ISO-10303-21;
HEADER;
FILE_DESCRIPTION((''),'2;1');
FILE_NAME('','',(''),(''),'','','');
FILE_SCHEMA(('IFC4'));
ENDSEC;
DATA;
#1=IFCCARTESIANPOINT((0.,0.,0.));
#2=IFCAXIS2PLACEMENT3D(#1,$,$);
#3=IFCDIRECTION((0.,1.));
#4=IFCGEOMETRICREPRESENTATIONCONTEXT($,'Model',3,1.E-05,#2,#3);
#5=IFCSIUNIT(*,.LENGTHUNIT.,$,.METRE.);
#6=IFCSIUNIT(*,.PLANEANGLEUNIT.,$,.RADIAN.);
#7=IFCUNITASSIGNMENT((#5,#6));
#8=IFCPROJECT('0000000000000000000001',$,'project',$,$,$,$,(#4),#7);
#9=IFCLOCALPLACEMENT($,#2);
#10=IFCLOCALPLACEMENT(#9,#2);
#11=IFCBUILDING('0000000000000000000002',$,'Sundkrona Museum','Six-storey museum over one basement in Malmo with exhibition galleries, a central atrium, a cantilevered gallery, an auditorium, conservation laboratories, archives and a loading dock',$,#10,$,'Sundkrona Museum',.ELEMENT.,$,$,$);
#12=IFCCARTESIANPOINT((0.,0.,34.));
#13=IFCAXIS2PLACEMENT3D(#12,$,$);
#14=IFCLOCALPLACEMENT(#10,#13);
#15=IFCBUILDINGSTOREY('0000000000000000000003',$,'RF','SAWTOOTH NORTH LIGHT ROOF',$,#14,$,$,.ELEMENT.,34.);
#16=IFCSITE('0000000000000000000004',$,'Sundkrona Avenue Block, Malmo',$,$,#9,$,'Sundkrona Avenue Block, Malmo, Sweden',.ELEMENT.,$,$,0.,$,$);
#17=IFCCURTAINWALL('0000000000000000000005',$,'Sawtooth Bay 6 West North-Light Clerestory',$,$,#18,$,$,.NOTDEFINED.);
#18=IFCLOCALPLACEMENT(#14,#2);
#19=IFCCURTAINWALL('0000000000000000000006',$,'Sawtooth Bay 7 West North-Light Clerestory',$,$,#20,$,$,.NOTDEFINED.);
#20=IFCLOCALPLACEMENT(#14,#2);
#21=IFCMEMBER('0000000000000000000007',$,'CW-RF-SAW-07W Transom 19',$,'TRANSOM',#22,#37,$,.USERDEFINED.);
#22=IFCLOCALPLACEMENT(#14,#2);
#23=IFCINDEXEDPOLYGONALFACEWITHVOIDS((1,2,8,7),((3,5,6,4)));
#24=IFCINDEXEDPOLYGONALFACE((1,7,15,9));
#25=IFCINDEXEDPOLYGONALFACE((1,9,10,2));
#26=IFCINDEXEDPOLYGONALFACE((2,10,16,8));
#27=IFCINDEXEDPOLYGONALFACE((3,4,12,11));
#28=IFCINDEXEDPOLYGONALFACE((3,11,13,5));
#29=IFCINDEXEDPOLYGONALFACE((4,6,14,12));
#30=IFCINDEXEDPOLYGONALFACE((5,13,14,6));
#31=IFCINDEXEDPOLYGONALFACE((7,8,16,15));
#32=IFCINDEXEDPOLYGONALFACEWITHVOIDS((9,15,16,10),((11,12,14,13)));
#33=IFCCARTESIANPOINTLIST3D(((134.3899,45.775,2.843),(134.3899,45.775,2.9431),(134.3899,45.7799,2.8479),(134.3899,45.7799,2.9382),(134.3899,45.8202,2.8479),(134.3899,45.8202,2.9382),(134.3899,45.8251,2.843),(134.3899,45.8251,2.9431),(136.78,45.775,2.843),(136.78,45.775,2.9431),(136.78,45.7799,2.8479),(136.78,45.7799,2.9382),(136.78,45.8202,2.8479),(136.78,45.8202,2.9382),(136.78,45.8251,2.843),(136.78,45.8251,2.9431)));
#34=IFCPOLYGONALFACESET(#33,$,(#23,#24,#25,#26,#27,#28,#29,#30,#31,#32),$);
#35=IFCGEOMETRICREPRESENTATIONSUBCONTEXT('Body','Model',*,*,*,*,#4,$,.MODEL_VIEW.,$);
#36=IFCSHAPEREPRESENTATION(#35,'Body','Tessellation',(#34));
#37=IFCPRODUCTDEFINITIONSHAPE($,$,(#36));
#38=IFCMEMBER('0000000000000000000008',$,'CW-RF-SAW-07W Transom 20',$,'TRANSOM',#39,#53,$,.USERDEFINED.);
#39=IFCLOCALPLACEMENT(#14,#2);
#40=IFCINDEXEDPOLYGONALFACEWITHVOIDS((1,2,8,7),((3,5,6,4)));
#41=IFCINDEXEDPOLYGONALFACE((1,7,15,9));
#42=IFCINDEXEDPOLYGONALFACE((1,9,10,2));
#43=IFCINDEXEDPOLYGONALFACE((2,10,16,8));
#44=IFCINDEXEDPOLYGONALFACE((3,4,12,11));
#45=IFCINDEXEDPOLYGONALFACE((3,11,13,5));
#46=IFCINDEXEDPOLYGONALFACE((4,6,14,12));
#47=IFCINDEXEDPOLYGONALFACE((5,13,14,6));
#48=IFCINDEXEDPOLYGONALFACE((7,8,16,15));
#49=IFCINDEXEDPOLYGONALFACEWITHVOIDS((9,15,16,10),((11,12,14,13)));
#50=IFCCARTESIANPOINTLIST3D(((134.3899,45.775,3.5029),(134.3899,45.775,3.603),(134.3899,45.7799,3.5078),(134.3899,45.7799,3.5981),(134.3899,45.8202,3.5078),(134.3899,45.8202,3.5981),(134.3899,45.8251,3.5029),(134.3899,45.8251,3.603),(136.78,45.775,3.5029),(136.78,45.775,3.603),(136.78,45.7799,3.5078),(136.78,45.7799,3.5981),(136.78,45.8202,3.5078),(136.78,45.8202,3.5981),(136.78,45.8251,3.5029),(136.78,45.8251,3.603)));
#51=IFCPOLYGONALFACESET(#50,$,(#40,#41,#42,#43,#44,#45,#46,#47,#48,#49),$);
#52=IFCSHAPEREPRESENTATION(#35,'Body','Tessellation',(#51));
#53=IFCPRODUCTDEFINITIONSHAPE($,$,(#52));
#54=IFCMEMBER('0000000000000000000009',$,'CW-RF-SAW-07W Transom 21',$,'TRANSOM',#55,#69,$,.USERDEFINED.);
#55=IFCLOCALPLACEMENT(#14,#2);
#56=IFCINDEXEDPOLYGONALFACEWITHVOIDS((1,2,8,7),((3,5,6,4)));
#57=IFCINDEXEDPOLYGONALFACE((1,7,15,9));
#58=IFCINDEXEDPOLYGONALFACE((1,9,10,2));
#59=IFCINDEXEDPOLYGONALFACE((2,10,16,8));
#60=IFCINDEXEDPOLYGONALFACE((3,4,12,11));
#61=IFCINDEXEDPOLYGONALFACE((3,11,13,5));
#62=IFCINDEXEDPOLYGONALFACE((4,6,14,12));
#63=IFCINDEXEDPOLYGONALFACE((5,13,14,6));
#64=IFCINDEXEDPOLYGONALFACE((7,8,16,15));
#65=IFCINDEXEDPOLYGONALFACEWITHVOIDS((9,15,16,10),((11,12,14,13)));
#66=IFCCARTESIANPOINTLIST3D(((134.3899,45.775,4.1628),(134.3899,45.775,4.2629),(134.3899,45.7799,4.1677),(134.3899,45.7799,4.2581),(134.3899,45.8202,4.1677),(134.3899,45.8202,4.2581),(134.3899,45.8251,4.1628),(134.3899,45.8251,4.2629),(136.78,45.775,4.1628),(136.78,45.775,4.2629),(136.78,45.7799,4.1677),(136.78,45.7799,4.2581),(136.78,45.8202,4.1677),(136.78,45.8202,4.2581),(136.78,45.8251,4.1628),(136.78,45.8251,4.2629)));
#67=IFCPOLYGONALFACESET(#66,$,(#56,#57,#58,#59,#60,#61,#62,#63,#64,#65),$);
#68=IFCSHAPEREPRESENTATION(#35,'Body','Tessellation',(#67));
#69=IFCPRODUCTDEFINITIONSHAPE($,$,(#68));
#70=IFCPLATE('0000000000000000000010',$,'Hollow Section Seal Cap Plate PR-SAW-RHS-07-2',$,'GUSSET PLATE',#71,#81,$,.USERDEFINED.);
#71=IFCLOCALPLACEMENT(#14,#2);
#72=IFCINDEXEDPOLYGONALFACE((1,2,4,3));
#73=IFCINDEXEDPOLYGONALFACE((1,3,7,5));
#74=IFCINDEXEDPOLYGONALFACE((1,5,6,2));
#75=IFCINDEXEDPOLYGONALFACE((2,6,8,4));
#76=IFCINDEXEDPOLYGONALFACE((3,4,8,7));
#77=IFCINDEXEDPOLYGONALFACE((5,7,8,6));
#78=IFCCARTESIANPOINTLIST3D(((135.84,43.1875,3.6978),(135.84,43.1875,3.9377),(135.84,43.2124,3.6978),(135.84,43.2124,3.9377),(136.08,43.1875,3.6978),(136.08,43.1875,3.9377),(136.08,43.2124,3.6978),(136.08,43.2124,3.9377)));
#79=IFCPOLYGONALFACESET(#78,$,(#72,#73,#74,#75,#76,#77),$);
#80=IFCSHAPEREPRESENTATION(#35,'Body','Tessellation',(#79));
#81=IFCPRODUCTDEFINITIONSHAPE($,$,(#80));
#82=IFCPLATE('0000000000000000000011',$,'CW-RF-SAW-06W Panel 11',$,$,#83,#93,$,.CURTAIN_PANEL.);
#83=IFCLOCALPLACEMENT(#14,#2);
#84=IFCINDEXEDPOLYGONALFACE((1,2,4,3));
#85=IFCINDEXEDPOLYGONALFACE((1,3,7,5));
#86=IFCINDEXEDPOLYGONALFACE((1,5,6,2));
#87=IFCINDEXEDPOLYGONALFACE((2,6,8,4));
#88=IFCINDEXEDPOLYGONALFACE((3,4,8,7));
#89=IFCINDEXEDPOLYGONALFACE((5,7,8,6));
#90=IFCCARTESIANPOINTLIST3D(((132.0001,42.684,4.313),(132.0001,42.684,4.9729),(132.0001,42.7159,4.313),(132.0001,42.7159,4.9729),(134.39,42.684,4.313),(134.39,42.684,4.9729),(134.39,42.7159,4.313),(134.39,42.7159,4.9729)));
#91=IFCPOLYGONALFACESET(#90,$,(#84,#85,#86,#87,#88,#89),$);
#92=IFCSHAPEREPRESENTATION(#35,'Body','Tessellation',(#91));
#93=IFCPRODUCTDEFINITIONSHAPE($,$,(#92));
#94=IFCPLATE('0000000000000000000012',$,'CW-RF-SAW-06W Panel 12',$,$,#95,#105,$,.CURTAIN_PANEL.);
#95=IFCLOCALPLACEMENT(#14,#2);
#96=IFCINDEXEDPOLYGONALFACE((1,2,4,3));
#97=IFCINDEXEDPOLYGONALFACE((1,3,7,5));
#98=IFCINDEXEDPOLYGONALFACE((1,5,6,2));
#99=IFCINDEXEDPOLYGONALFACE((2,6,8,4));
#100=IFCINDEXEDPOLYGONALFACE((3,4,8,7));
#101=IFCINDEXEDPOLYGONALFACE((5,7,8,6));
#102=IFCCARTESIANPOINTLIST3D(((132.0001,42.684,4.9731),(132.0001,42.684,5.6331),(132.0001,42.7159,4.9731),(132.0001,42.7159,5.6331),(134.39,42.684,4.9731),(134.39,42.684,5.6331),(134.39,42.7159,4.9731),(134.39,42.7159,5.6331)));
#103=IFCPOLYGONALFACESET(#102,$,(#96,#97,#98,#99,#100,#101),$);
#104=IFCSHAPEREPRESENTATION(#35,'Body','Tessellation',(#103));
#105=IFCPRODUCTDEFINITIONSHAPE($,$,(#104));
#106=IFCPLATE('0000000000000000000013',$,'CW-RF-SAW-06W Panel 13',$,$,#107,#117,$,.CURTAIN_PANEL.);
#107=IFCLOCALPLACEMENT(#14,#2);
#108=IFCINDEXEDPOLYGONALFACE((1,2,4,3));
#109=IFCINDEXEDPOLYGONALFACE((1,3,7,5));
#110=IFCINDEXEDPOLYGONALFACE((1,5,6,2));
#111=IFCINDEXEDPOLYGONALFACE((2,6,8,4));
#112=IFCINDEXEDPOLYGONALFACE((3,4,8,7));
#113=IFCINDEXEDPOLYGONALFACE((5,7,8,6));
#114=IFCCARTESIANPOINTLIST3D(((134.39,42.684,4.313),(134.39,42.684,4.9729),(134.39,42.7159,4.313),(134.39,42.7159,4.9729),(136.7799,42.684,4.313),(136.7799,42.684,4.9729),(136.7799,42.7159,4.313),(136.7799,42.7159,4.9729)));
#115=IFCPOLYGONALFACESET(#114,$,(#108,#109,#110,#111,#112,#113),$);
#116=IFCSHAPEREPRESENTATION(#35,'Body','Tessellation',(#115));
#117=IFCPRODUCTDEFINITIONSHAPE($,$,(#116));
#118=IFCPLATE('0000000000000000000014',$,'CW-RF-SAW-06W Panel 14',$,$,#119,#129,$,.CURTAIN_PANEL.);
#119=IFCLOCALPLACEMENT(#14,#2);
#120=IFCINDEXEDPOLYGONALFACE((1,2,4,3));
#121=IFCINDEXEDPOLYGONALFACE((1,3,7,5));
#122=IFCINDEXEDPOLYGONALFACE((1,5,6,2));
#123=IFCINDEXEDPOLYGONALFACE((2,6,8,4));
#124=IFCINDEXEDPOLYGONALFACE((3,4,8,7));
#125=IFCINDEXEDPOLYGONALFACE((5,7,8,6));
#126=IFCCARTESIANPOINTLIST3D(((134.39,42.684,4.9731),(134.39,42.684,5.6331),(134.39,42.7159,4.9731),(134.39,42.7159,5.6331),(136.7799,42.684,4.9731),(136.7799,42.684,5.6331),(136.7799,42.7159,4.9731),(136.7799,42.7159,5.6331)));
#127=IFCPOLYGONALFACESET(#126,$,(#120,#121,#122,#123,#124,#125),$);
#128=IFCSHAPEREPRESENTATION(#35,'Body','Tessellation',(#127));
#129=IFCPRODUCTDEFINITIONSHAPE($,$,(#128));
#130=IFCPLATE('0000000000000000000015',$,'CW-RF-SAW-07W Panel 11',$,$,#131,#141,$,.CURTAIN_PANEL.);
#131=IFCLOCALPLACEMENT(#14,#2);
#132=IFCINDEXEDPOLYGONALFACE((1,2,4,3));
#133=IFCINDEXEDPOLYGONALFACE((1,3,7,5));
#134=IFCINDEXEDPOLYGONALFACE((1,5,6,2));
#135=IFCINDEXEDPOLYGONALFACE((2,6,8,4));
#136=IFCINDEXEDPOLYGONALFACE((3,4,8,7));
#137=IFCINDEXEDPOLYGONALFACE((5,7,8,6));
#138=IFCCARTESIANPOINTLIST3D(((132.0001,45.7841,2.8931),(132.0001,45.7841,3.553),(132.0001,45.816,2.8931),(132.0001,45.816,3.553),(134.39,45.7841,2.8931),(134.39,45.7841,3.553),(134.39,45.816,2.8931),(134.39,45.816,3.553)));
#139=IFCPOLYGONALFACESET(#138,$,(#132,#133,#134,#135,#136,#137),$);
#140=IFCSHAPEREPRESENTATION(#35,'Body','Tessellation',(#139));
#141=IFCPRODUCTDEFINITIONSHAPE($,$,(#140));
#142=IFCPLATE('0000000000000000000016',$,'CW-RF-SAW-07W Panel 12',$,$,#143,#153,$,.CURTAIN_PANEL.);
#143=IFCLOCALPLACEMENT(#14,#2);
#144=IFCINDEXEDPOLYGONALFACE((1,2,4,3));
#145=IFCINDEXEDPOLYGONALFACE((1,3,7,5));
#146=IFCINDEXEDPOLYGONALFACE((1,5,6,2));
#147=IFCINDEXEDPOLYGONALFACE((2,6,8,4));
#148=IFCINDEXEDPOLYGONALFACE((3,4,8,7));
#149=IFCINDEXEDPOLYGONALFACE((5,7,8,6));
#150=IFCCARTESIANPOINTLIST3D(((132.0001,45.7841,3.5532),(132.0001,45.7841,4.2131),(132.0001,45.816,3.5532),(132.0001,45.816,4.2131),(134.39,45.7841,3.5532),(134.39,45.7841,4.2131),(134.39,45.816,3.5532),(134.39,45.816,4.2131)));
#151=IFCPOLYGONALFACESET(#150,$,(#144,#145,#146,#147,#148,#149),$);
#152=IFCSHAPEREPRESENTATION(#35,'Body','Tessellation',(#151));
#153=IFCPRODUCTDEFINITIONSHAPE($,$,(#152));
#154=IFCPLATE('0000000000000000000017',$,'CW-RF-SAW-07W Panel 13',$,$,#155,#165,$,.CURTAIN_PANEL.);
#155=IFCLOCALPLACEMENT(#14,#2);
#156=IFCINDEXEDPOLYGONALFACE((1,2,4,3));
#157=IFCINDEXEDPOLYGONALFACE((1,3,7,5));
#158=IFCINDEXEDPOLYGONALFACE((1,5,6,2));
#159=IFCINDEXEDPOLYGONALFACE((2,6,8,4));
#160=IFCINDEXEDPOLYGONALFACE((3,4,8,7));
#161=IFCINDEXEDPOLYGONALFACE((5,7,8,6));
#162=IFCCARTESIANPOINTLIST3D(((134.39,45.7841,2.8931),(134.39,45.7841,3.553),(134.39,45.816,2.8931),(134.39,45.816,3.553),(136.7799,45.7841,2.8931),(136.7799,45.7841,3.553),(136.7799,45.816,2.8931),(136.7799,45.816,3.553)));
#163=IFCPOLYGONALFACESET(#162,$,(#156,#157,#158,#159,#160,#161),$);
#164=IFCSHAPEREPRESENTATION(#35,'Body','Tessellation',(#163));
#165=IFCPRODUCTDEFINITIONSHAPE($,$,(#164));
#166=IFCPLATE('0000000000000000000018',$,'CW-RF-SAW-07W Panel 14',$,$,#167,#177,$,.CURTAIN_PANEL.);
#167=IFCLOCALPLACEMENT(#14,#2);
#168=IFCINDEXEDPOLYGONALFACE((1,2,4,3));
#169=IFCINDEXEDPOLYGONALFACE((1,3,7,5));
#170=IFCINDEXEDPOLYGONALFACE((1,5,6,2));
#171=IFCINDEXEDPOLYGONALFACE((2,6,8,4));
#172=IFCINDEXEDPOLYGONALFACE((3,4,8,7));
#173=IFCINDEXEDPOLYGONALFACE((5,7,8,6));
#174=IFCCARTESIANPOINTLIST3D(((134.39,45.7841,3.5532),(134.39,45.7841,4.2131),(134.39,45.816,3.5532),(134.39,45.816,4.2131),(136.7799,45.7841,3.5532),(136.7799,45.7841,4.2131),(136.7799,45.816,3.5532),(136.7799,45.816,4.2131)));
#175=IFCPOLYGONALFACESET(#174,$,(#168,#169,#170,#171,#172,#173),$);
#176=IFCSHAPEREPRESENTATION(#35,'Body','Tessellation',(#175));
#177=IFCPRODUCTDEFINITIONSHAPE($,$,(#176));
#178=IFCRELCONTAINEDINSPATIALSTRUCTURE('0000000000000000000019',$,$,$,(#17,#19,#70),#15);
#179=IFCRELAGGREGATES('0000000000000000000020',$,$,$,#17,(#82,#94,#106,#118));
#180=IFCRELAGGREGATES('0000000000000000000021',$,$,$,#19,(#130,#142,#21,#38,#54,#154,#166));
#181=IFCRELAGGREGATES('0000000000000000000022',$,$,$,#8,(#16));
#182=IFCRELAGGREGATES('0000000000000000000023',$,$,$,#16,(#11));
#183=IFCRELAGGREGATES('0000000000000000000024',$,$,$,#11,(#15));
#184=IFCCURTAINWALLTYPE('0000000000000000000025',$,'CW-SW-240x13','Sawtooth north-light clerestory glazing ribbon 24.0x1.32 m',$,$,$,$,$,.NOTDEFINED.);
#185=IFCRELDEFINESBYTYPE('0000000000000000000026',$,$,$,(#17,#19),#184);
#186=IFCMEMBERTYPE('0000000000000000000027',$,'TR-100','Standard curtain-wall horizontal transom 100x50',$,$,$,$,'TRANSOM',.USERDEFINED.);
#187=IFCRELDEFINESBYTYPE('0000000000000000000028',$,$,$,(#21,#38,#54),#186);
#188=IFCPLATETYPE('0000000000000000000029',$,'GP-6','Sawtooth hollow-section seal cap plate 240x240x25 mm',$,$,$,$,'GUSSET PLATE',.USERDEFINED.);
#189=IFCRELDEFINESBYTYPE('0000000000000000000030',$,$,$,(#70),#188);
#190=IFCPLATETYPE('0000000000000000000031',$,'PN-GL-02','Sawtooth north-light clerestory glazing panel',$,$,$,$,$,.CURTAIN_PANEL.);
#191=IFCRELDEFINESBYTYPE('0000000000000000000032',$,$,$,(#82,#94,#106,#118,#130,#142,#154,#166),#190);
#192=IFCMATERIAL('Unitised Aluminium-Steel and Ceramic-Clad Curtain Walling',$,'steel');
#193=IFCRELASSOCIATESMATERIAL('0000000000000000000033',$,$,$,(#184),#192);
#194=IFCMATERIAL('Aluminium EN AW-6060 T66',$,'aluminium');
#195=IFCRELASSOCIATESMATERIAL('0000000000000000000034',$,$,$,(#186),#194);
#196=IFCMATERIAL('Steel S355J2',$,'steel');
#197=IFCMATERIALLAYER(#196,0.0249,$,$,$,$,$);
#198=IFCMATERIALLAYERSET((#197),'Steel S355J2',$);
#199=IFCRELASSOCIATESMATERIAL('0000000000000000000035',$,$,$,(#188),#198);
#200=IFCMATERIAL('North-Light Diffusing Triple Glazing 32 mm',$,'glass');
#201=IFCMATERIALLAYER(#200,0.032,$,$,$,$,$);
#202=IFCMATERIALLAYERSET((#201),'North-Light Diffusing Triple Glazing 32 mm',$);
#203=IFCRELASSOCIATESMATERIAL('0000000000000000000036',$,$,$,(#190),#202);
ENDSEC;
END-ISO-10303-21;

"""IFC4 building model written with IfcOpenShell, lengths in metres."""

from ifc_helpers import new_model, si_unit, direction, frame, origin, origin_2d, place, context, subcontext, project, spatial, rectangle, hollow_rectangle, extrude, material, layer, layer_set, material_profile, profile_set, type_object, element, aggregate, save


model = new_model("IFC4")

# Units and contexts
model_context = context("Model", 3, precision=1e-05, world=origin(), true_north=direction((0.0, 1.0)))
body_context = subcontext(model_context, "Body", "Model", "MODEL_VIEW")
ifc_project = project(units=[si_unit("LENGTHUNIT", "METRE"), si_unit("PLANEANGLEUNIT", "RADIAN")], contexts=[model_context])

# Site, building, storey
site_placement = place(None, origin())
site = spatial("IfcSite", under=ifc_project, at=site_placement, Name="Sundkrona Avenue Block, Malmo", LongName="Sundkrona Avenue Block, Malmo, Sweden", CompositionType="ELEMENT", RefElevation=0.0)
building_placement = place(site_placement, origin())
building = spatial("IfcBuilding", under=site, at=building_placement, Name="Sundkrona Museum", Description="Six-storey museum over one basement in Malmo with exhibition galleries, a central atrium, a cantilevered gallery, an auditorium, conservation laboratories, archives and a loading dock", LongName="Sundkrona Museum", CompositionType="ELEMENT")
storey_placement = place(building_placement, frame((0.0, 0.0, 34.0)))
storey = spatial("IfcBuildingStorey", under=building, at=storey_placement, Name="RF", Description="SAWTOOTH NORTH LIGHT ROOF", CompositionType="ELEMENT", Elevation=34.0)

# Curtain wall
ifc_material_1 = material(Name="Unitised Aluminium-Steel and Ceramic-Clad Curtain Walling", Category="steel")
curtain_wall_type = type_object("IfcCurtainWallType", Name="CW-SW-240x13", Description="Sawtooth north-light clerestory glazing ribbon 24.0x1.32 m", PredefinedType="NOTDEFINED", material=ifc_material_1)
curtain_wall_1_placement = place(storey_placement, origin())
curtain_wall_1 = element("IfcCurtainWall", 1, at=curtain_wall_1_placement, inside=storey, type_object=curtain_wall_type, Name="Sawtooth Bay 6 West North-Light Clerestory", PredefinedType="NOTDEFINED")
ifc_material_2 = material(Name="Aluminium EN AW-6060 T66", Category="aluminium")

# Curtain wall
curtain_wall_2_placement = place(storey_placement, origin())
curtain_wall_2 = element("IfcCurtainWall", 2, at=curtain_wall_2_placement, inside=storey, type_object=curtain_wall_type, Name="Sawtooth Bay 7 West North-Light Clerestory", PredefinedType="NOTDEFINED")

# Members
ifc_material_profile_1 = material_profile(ifc_material_2, hollow_rectangle(XDim=0.05, YDim=0.1001, WallThickness=0.0049, at=origin_2d()), Name="RHS 100x50x5.0")
ifc_profile_set_1 = profile_set([ifc_material_profile_1], Name="Aluminium EN AW-6060 T66")
member_type_1 = type_object("IfcMemberType", Name="TR-100", Description="Standard curtain-wall horizontal transom 100x50", ElementType="TRANSOM", PredefinedType="USERDEFINED", material=ifc_profile_set_1)
member_1_placement = place(storey_placement, frame((134.3899, 45.8, 2.8931), z_axis=(1.0, 0.0, 0.0), x_axis=(0.0, 1.0, 0.0)))
member_1 = element("IfcMember", 3, at=member_1_placement, type_object=member_type_1, Name="CW-RF-SAW-07W Transom 19", ObjectType="TRANSOM", PredefinedType="USERDEFINED", context=body_context, shape_type="SweptSolid", body=[
    extrude(hollow_rectangle(XDim=0.05, YDim=0.1001, WallThickness=0.0049, at=origin_2d()), origin(), (0.0, 0.0, 1.0), 2.3901),
])
member_2_placement = place(storey_placement, frame((134.3899, 45.8, 3.553), z_axis=(1.0, 0.0, 0.0), x_axis=(0.0, 1.0, 0.0)))
member_2 = element("IfcMember", 4, at=member_2_placement, type_object=member_type_1, Name="CW-RF-SAW-07W Transom 20", ObjectType="TRANSOM", PredefinedType="USERDEFINED", context=body_context, shape_type="SweptSolid", body=[
    extrude(hollow_rectangle(XDim=0.05, YDim=0.1001, WallThickness=0.0049, at=origin_2d()), origin(), (0.0, 0.0, 1.0), 2.3901),
])
member_3_placement = place(storey_placement, frame((134.3899, 45.8, 4.2129), z_axis=(1.0, 0.0, 0.0), x_axis=(0.0, 1.0, 0.0)))
member_3 = element("IfcMember", 5, at=member_3_placement, type_object=member_type_1, Name="CW-RF-SAW-07W Transom 21", ObjectType="TRANSOM", PredefinedType="USERDEFINED", context=body_context, shape_type="SweptSolid", body=[
    extrude(hollow_rectangle(XDim=0.05, YDim=0.1001, WallThickness=0.0049, at=origin_2d()), origin(), (0.0, 0.0, 1.0), 2.3901),
])

# Plates
ifc_material_3 = material(Name="Steel S355J2", Category="steel")
ifc_layer_1 = layer(ifc_material_3, 0.0249)
ifc_layer_set_1 = layer_set([ifc_layer_1], Name="Steel S355J2")
plate_type_1 = type_object("IfcPlateType", Name="GP-6", Description="Sawtooth hollow-section seal cap plate 240x240x25 mm", ElementType="GUSSET PLATE", PredefinedType="USERDEFINED", material=ifc_layer_set_1)
plate_1_placement = place(storey_placement, frame((135.96, 43.2, 3.6978), z_axis=(0.0, 0.0, 1.0), x_axis=(1.0, 0.0, 0.0)))
element("IfcPlate", 6, at=plate_1_placement, inside=storey, type_object=plate_type_1, Name="Hollow Section Seal Cap Plate PR-SAW-RHS-07-2", ObjectType="GUSSET PLATE", PredefinedType="USERDEFINED", context=body_context, shape_type="SweptSolid", body=[
    extrude(rectangle(XDim=0.24, YDim=0.0249, at=origin_2d()), origin(), (0.0, 0.0, 1.0), 0.24),
])
ifc_material_4 = material(Name="North-Light Diffusing Triple Glazing 32 mm", Category="glass")
ifc_layer_2 = layer(ifc_material_4, 0.032)
ifc_layer_set_2 = layer_set([ifc_layer_2], Name="North-Light Diffusing Triple Glazing 32 mm")
plate_type_2 = type_object("IfcPlateType", Name="PN-GL-02", Description="Sawtooth north-light clerestory glazing panel", PredefinedType="CURTAIN_PANEL", material=ifc_layer_set_2)
plate_2_placement = place(storey_placement, frame((133.1951, 42.7, 4.313), z_axis=(0.0, 0.0, 1.0), x_axis=(1.0, 0.0, 0.0)))
plate_2 = element("IfcPlate", 7, at=plate_2_placement, type_object=plate_type_2, Name="CW-RF-SAW-06W Panel 11", PredefinedType="CURTAIN_PANEL", context=body_context, shape_type="SweptSolid", body=[
    extrude(rectangle(XDim=2.3899, YDim=0.032, at=origin_2d()), origin(), (0.0, 0.0, 1.0), 0.6599),
])
plate_3_placement = place(storey_placement, frame((133.1951, 42.7, 4.9731), z_axis=(0.0, 0.0, 1.0), x_axis=(1.0, 0.0, 0.0)))
plate_3 = element("IfcPlate", 8, at=plate_3_placement, type_object=plate_type_2, Name="CW-RF-SAW-06W Panel 12", PredefinedType="CURTAIN_PANEL", context=body_context, shape_type="SweptSolid", body=[
    extrude(rectangle(XDim=2.3899, YDim=0.032, at=origin_2d()), origin(), (0.0, 0.0, 1.0), 0.6599),
])
plate_4_placement = place(storey_placement, frame((135.585, 42.7, 4.313), z_axis=(0.0, 0.0, 1.0), x_axis=(1.0, 0.0, 0.0)))
plate_4 = element("IfcPlate", 9, at=plate_4_placement, type_object=plate_type_2, Name="CW-RF-SAW-06W Panel 13", PredefinedType="CURTAIN_PANEL", context=body_context, shape_type="SweptSolid", body=[
    extrude(rectangle(XDim=2.3899, YDim=0.032, at=origin_2d()), origin(), (0.0, 0.0, 1.0), 0.6599),
])
plate_5_placement = place(storey_placement, frame((135.585, 42.7, 4.9731), z_axis=(0.0, 0.0, 1.0), x_axis=(1.0, 0.0, 0.0)))
plate_5 = element("IfcPlate", 10, at=plate_5_placement, type_object=plate_type_2, Name="CW-RF-SAW-06W Panel 14", PredefinedType="CURTAIN_PANEL", context=body_context, shape_type="SweptSolid", body=[
    extrude(rectangle(XDim=2.3899, YDim=0.032, at=origin_2d()), origin(), (0.0, 0.0, 1.0), 0.6599),
])
aggregate(curtain_wall_1, [plate_2, plate_3, plate_4, plate_5])
plate_6_placement = place(storey_placement, frame((133.1951, 45.8, 2.8931), z_axis=(0.0, 0.0, 1.0), x_axis=(1.0, 0.0, 0.0)))
plate_6 = element("IfcPlate", 11, at=plate_6_placement, type_object=plate_type_2, Name="CW-RF-SAW-07W Panel 11", PredefinedType="CURTAIN_PANEL", context=body_context, shape_type="SweptSolid", body=[
    extrude(rectangle(XDim=2.3899, YDim=0.032, at=origin_2d()), origin(), (0.0, 0.0, 1.0), 0.6599),
])
plate_7_placement = place(storey_placement, frame((133.1951, 45.8, 3.5532), z_axis=(0.0, 0.0, 1.0), x_axis=(1.0, 0.0, 0.0)))
plate_7 = element("IfcPlate", 12, at=plate_7_placement, type_object=plate_type_2, Name="CW-RF-SAW-07W Panel 12", PredefinedType="CURTAIN_PANEL", context=body_context, shape_type="SweptSolid", body=[
    extrude(rectangle(XDim=2.3899, YDim=0.032, at=origin_2d()), origin(), (0.0, 0.0, 1.0), 0.6599),
])
plate_8_placement = place(storey_placement, frame((135.585, 45.8, 2.8931), z_axis=(0.0, 0.0, 1.0), x_axis=(1.0, 0.0, 0.0)))
plate_8 = element("IfcPlate", 13, at=plate_8_placement, type_object=plate_type_2, Name="CW-RF-SAW-07W Panel 13", PredefinedType="CURTAIN_PANEL", context=body_context, shape_type="SweptSolid", body=[
    extrude(rectangle(XDim=2.3899, YDim=0.032, at=origin_2d()), origin(), (0.0, 0.0, 1.0), 0.6599),
])
plate_9_placement = place(storey_placement, frame((135.585, 45.8, 3.5532), z_axis=(0.0, 0.0, 1.0), x_axis=(1.0, 0.0, 0.0)))
plate_9 = element("IfcPlate", 14, at=plate_9_placement, type_object=plate_type_2, Name="CW-RF-SAW-07W Panel 14", PredefinedType="CURTAIN_PANEL", context=body_context, shape_type="SweptSolid", body=[
    extrude(rectangle(XDim=2.3899, YDim=0.032, at=origin_2d()), origin(), (0.0, 0.0, 1.0), 0.6599),
])
aggregate(curtain_wall_2, [plate_6, plate_7, member_1, member_2, member_3, plate_8, plate_9])

save(model, "model.ifc")
